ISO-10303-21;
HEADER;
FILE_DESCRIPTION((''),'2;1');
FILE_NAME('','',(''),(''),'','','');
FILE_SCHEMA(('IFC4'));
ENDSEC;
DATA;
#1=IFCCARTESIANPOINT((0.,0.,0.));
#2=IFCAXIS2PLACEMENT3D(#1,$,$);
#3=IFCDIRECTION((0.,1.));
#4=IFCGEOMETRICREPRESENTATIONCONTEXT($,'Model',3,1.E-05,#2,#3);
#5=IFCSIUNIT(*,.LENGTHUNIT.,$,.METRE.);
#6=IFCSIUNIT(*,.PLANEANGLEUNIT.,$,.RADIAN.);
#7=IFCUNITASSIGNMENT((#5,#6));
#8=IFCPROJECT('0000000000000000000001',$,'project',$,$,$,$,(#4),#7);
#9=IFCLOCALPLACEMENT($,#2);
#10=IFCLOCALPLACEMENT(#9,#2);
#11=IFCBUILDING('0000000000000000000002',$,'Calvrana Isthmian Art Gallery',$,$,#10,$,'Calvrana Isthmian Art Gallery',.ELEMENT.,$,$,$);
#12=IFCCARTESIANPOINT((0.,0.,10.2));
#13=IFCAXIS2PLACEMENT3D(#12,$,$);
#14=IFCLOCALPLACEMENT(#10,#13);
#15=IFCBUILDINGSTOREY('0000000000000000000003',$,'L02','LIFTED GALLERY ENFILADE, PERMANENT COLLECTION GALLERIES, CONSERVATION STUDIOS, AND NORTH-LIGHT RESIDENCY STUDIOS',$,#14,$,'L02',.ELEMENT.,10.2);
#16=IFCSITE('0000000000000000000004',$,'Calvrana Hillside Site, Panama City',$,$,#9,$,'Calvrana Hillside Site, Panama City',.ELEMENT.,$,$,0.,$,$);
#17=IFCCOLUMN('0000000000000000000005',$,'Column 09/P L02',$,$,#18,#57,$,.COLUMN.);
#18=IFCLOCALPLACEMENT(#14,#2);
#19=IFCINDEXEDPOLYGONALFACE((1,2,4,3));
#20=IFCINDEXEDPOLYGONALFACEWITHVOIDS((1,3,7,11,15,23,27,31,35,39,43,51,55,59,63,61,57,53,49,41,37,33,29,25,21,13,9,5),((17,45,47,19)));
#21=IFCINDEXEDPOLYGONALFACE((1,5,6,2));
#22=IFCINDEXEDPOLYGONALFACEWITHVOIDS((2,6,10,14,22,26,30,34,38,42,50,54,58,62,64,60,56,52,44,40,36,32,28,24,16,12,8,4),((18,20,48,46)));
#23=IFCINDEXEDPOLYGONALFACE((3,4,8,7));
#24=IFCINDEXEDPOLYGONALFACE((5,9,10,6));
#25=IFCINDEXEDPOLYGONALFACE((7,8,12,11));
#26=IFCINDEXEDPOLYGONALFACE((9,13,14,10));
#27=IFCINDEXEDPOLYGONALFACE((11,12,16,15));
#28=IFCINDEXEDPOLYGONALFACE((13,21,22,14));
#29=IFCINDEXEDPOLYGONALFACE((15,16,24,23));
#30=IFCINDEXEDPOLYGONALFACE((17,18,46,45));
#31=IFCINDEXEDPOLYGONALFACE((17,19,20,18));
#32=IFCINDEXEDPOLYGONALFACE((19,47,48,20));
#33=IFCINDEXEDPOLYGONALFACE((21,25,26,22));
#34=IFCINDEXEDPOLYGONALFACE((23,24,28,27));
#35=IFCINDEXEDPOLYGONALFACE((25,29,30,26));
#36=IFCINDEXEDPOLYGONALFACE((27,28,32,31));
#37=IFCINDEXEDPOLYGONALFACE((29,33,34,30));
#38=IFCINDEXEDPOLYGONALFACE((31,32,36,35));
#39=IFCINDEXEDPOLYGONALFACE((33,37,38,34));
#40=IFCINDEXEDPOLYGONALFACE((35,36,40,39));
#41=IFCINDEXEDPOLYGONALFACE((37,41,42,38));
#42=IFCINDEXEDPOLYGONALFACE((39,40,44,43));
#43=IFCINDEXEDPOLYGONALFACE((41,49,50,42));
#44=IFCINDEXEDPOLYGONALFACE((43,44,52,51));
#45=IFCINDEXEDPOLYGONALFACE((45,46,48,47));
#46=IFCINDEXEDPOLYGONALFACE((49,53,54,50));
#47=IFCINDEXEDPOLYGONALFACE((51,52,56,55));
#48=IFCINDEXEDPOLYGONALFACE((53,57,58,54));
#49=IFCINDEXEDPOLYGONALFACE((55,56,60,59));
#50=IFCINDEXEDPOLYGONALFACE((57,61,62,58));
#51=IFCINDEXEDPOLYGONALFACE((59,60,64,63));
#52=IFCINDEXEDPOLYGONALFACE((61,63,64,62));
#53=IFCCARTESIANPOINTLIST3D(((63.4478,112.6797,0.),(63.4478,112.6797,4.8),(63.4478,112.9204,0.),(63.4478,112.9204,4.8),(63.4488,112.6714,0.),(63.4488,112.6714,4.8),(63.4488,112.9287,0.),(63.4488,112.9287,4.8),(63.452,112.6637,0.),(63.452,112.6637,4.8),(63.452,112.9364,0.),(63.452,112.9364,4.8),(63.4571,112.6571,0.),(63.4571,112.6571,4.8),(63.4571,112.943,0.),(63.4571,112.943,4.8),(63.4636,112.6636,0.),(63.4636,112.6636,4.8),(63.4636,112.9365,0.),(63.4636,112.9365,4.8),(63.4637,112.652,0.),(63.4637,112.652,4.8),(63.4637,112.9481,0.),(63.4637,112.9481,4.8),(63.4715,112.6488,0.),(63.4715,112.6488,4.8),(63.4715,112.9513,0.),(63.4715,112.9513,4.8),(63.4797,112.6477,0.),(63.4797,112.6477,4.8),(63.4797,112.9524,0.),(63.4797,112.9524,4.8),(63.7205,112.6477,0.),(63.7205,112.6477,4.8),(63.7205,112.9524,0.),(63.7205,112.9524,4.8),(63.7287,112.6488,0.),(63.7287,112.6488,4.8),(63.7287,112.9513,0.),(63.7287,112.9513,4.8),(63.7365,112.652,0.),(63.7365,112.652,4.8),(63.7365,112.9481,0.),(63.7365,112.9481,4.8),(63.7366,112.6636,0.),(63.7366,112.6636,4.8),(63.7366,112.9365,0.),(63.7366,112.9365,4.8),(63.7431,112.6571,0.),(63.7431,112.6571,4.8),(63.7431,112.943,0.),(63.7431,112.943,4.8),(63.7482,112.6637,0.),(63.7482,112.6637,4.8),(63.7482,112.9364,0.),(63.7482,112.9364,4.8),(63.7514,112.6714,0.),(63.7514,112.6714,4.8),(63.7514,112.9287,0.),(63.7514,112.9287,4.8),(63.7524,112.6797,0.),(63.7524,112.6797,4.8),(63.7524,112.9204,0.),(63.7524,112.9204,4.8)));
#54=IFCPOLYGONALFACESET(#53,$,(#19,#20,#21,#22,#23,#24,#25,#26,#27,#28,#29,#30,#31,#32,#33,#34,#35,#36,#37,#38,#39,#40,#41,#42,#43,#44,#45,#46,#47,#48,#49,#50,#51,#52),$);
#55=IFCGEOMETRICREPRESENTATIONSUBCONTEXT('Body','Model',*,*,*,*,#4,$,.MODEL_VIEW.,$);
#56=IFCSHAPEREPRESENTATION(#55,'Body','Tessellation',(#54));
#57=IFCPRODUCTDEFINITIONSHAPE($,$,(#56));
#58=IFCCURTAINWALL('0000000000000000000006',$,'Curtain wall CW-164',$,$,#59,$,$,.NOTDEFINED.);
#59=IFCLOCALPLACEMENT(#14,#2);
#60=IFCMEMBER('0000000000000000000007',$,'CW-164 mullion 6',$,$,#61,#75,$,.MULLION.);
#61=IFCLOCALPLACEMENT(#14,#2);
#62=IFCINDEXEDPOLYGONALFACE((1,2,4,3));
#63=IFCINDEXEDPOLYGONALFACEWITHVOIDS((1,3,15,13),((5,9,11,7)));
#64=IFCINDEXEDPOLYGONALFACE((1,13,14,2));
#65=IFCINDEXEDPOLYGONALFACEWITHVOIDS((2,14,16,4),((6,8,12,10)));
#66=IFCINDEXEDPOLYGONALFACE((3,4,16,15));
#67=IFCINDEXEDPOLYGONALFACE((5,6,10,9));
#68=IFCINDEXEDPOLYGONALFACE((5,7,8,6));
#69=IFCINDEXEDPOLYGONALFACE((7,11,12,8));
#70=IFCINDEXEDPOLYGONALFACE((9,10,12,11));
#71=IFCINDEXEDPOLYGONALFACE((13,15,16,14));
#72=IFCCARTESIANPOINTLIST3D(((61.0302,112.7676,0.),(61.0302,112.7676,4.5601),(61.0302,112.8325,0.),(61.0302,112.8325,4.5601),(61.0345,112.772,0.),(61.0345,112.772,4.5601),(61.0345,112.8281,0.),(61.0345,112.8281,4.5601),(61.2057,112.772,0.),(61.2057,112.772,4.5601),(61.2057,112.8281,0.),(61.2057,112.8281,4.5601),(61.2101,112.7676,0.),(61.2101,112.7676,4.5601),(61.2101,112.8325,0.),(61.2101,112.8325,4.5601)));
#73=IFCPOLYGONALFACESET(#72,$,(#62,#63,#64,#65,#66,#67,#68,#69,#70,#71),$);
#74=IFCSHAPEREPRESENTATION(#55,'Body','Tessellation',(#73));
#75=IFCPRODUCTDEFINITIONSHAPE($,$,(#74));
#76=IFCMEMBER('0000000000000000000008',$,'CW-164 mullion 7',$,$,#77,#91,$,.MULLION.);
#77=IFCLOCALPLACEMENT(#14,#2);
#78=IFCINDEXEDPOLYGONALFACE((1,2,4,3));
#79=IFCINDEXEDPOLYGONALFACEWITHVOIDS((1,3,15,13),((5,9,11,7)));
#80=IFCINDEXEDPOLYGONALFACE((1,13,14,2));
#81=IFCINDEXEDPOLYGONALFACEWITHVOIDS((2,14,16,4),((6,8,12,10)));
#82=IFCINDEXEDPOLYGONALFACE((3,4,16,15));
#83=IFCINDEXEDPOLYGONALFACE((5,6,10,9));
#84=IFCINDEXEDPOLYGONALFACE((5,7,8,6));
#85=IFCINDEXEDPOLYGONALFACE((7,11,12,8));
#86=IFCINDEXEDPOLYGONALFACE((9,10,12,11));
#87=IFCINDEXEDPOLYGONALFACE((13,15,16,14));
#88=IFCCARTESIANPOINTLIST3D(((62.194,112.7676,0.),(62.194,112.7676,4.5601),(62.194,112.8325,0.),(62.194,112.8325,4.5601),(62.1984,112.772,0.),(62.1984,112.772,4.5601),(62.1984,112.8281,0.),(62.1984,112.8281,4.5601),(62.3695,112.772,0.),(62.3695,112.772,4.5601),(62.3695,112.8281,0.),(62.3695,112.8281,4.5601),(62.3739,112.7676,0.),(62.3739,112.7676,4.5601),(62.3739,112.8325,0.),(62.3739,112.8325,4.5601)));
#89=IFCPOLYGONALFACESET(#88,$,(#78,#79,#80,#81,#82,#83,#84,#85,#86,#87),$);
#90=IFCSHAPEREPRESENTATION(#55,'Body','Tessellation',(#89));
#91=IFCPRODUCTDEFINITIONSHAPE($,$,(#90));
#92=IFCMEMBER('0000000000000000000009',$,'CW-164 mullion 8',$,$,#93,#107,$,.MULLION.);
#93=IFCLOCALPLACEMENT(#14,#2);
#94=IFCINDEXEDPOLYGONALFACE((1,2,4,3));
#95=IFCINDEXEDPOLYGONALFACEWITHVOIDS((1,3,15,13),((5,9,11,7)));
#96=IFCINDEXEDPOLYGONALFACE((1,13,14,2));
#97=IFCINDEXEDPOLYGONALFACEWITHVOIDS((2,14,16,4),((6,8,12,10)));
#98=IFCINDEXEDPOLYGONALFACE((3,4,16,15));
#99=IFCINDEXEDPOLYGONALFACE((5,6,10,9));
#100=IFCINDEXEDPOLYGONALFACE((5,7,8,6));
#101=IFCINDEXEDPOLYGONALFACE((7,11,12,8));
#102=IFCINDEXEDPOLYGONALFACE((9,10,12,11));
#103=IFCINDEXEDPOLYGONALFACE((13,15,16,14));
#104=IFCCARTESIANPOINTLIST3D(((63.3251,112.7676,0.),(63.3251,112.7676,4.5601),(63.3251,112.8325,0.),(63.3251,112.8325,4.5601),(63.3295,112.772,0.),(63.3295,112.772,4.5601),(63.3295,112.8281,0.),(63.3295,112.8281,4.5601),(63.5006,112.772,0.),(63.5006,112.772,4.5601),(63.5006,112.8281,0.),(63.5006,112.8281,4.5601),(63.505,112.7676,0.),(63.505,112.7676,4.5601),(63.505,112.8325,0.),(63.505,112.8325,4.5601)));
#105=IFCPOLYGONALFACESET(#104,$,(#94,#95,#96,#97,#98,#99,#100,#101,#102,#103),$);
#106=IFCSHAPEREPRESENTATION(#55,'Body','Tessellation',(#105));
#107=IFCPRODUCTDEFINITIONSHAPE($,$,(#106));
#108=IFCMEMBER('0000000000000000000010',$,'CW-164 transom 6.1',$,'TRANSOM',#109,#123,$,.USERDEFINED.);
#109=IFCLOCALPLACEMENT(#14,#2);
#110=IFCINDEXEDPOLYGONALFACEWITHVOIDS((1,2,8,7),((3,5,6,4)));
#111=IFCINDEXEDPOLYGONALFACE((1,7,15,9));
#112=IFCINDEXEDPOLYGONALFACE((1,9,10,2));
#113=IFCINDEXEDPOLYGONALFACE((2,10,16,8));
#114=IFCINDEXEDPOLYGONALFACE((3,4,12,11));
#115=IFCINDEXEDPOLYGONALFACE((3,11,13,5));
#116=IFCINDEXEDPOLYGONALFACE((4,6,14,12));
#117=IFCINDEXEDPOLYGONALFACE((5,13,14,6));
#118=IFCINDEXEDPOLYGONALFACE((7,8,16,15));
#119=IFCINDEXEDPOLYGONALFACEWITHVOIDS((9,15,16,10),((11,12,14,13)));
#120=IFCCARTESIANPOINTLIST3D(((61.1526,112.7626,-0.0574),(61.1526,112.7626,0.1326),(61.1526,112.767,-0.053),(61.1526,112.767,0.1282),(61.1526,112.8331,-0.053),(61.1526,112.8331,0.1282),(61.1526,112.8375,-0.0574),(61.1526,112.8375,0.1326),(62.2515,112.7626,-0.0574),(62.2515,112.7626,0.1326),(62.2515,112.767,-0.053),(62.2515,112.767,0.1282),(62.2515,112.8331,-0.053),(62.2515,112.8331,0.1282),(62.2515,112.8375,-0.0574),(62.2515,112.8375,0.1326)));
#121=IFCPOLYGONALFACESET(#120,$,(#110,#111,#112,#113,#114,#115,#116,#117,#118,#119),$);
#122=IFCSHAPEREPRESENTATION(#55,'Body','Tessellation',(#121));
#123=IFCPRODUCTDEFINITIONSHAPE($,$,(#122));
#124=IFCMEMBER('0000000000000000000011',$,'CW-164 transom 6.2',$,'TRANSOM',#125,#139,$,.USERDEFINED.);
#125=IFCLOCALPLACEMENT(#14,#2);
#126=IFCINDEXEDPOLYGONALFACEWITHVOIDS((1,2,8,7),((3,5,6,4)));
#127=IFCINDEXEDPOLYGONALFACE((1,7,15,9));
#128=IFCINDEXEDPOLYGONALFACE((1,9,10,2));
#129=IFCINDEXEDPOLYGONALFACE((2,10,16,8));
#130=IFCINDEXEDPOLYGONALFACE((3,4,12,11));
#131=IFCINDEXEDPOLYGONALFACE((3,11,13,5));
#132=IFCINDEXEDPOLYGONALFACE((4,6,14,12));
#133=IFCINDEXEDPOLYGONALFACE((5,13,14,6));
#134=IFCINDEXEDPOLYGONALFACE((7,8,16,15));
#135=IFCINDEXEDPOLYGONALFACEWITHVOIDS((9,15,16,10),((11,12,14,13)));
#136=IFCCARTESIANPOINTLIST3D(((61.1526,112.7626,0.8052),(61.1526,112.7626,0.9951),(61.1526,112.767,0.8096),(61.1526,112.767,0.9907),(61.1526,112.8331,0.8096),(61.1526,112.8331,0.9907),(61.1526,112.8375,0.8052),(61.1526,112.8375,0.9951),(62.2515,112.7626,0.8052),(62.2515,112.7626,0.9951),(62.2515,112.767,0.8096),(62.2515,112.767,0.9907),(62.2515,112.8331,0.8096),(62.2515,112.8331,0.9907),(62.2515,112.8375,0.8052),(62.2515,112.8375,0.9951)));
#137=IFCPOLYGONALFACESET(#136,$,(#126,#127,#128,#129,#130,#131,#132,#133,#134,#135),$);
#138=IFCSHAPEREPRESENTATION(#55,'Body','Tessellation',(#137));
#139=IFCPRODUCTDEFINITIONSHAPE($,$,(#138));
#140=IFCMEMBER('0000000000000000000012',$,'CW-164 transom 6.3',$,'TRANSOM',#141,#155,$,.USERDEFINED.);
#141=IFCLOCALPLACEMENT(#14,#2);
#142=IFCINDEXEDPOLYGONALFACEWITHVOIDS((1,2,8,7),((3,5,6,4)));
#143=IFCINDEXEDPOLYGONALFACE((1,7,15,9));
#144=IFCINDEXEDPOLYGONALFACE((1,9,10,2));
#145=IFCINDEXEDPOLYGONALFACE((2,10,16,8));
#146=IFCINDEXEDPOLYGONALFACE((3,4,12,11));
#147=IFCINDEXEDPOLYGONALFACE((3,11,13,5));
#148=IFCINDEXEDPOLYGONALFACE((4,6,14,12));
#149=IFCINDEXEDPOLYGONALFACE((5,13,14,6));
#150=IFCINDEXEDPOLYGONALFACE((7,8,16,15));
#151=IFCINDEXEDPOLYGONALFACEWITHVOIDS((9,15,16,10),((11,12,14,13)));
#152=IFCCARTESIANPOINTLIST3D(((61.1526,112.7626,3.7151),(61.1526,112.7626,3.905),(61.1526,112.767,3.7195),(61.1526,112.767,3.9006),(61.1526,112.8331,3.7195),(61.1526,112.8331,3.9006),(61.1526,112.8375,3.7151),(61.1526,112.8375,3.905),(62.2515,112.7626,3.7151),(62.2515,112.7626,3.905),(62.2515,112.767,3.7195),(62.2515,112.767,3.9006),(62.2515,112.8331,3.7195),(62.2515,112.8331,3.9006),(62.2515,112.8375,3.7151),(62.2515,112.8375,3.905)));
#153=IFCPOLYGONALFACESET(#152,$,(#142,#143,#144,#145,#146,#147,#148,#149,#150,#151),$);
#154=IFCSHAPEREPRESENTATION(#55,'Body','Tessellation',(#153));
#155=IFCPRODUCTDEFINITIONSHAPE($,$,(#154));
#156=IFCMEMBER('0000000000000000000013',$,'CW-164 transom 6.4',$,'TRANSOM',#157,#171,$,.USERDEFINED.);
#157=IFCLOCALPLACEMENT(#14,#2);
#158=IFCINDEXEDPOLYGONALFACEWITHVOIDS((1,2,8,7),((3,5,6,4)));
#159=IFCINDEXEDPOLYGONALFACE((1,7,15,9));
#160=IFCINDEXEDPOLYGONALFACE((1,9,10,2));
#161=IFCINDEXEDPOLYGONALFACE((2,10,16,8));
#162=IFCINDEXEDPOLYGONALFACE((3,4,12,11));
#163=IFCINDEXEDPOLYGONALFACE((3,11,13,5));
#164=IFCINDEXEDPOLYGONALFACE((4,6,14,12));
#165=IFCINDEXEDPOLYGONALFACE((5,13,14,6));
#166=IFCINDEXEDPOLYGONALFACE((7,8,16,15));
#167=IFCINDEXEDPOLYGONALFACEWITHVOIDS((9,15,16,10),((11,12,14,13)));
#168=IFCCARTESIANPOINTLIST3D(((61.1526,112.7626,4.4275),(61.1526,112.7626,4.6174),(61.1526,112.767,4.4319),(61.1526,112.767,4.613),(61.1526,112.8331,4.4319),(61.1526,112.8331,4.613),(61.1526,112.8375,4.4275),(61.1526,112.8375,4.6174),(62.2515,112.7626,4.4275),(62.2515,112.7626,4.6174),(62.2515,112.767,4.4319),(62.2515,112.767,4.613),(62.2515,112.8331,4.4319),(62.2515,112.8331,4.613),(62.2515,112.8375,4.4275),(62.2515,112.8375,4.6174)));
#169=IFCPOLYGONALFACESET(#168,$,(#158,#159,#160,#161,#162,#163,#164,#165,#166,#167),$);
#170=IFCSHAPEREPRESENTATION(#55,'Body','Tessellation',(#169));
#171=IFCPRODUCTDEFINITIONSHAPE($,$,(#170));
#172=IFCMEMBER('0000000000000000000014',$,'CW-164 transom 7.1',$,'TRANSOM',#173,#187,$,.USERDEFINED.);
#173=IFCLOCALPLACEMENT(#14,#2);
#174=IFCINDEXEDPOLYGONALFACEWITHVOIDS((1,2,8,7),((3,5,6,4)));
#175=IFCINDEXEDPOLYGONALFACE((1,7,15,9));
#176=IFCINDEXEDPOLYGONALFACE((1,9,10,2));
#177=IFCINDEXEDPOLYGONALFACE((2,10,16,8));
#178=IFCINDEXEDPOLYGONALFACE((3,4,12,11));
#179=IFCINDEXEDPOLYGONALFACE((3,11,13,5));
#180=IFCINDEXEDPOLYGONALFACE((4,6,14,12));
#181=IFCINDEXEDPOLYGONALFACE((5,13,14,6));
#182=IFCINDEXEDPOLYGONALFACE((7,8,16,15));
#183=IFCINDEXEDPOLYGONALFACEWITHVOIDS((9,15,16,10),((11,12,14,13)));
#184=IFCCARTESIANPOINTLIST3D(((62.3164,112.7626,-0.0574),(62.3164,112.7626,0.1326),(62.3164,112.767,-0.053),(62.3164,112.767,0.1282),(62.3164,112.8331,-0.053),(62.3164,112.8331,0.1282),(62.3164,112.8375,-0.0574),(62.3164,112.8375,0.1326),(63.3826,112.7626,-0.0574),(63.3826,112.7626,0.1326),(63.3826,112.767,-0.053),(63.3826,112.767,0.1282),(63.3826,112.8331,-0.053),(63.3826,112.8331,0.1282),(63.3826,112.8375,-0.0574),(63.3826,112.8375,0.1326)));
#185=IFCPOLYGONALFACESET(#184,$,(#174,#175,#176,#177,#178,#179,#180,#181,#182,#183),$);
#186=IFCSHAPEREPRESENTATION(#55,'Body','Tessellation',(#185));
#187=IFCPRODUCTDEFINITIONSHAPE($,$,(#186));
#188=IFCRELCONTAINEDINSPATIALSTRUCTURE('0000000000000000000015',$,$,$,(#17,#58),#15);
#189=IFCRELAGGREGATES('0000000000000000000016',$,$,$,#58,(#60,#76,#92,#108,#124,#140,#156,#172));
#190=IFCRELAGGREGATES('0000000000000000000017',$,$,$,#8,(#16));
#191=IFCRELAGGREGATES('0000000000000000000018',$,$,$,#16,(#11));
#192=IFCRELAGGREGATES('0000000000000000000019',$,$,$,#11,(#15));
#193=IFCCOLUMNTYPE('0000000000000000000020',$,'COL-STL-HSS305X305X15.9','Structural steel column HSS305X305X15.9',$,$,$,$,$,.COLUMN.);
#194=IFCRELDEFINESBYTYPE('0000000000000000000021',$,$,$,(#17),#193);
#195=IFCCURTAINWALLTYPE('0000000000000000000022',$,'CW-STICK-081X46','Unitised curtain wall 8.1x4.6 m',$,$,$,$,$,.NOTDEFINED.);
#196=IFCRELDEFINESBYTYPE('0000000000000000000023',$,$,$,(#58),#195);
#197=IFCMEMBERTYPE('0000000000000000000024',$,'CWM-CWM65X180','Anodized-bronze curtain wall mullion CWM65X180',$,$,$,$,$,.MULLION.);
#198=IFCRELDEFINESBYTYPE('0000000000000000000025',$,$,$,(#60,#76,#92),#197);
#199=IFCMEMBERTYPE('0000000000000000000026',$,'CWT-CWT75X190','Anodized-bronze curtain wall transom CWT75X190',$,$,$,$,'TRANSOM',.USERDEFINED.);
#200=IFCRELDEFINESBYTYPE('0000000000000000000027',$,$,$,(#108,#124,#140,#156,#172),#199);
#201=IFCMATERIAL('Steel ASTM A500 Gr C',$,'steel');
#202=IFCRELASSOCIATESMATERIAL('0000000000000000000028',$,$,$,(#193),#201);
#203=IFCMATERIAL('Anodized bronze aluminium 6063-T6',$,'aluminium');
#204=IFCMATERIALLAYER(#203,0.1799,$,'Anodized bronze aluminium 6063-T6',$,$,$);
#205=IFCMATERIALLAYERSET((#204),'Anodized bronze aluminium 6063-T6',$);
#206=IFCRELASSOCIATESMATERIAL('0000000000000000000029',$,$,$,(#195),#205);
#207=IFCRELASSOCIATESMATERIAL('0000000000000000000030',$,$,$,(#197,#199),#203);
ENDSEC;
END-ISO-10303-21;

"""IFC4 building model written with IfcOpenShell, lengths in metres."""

from ifc_helpers import new_model, si_unit, direction, frame, origin, origin_2d, place, context, subcontext, project, spatial, hollow_rectangle, extrude, material, layer, layer_set, material_profile, profile_set, type_object, element, aggregate, save


model = new_model("IFC4")

# Units and contexts
model_context = context("Model", 3, precision=1e-05, world=origin(), true_north=direction((0.0, 1.0)))
body_context = subcontext(model_context, "Body", "Model", "MODEL_VIEW")
ifc_project = project(units=[si_unit("LENGTHUNIT", "METRE"), si_unit("PLANEANGLEUNIT", "RADIAN")], contexts=[model_context])

# Site, building, storey
site_placement = place(None, origin())
site = spatial("IfcSite", under=ifc_project, at=site_placement, Name="Calvrana Hillside Site, Panama City", LongName="Calvrana Hillside Site, Panama City", CompositionType="ELEMENT", RefElevation=0.0)
building_placement = place(site_placement, origin())
building = spatial("IfcBuilding", under=site, at=building_placement, Name="Calvrana Isthmian Art Gallery", LongName="Calvrana Isthmian Art Gallery", CompositionType="ELEMENT")
storey_placement = place(building_placement, frame((0.0, 0.0, 10.2)))
storey = spatial("IfcBuildingStorey", under=building, at=storey_placement, Name="L02", Description="LIFTED GALLERY ENFILADE, PERMANENT COLLECTION GALLERIES, CONSERVATION STUDIOS, AND NORTH-LIGHT RESIDENCY STUDIOS", LongName="L02", CompositionType="ELEMENT", Elevation=10.2)

# Column
ifc_material_1 = material(Name="Steel ASTM A500 Gr C", Category="steel")
ifc_material_profile_1 = material_profile(ifc_material_1, hollow_rectangle(XDim=0.3047, YDim=0.3047, WallThickness=0.0159, OuterFilletRadius=0.032, at=origin_2d()), Name="HSS305X305X15.9")
ifc_profile_set_1 = profile_set([ifc_material_profile_1], Name="Steel ASTM A500 Gr C")
column_type = type_object("IfcColumnType", Name="COL-STL-HSS305X305X15.9", Description="Structural steel column HSS305X305X15.9", PredefinedType="COLUMN", material=ifc_profile_set_1)
column_placement = place(storey_placement, frame((63.6001, 112.8, 0.0), z_axis=(0.0, 0.0, 1.0), x_axis=(1.0, 0.0, 0.0)))
element("IfcColumn", 1, at=column_placement, inside=storey, type_object=column_type, Name="Column 09/P L02", PredefinedType="COLUMN", context=body_context, shape_type="SweptSolid", body=[
    extrude(hollow_rectangle(XDim=0.3047, YDim=0.3047, WallThickness=0.0159, OuterFilletRadius=0.032, at=origin_2d()), origin(), (0.0, 0.0, 1.0), 4.8),
])

# Curtain wall, members
ifc_material_2 = material(Name="Anodized bronze aluminium 6063-T6", Category="aluminium")
ifc_layer_1 = layer(ifc_material_2, 0.1799, Name="Anodized bronze aluminium 6063-T6")
ifc_layer_set_1 = layer_set([ifc_layer_1], Name="Anodized bronze aluminium 6063-T6")
curtain_wall_type = type_object("IfcCurtainWallType", Name="CW-STICK-081X46", Description="Unitised curtain wall 8.1x4.6 m", PredefinedType="NOTDEFINED", material=ifc_layer_set_1)
curtain_wall_placement = place(storey_placement, origin())
curtain_wall = element("IfcCurtainWall", 2, at=curtain_wall_placement, inside=storey, type_object=curtain_wall_type, Name="Curtain wall CW-164", PredefinedType="NOTDEFINED")
ifc_material_profile_2 = material_profile(ifc_material_2, hollow_rectangle(XDim=0.0649, YDim=0.1799, WallThickness=0.0044, at=origin_2d()), Name="CWM65X180")
ifc_profile_set_2 = profile_set([ifc_material_profile_2], Name="Anodized bronze aluminium 6063-T6")
member_type_1 = type_object("IfcMemberType", Name="CWM-CWM65X180", Description="Anodized-bronze curtain wall mullion CWM65X180", PredefinedType="MULLION", material=ifc_profile_set_2)
member_1_placement = place(storey_placement, frame((61.1201, 112.8, 0.0), z_axis=(0.0, 0.0, 1.0), x_axis=(0.0, 1.0, 0.0)))
member_1 = element("IfcMember", 3, at=member_1_placement, type_object=member_type_1, Name="CW-164 mullion 6", PredefinedType="MULLION", context=body_context, shape_type="SweptSolid", body=[
    extrude(hollow_rectangle(XDim=0.0649, YDim=0.1799, WallThickness=0.0044, at=origin_2d()), origin(), (0.0, 0.0, 1.0), 4.5601),
])
member_2_placement = place(storey_placement, frame((62.2839, 112.8, 0.0), z_axis=(0.0, 0.0, 1.0), x_axis=(0.0, 1.0, 0.0)))
member_2 = element("IfcMember", 4, at=member_2_placement, type_object=member_type_1, Name="CW-164 mullion 7", PredefinedType="MULLION", context=body_context, shape_type="SweptSolid", body=[
    extrude(hollow_rectangle(XDim=0.0649, YDim=0.1799, WallThickness=0.0044, at=origin_2d()), origin(), (0.0, 0.0, 1.0), 4.5601),
])
member_3_placement = place(storey_placement, frame((63.415, 112.8, 0.0), z_axis=(0.0, 0.0, 1.0), x_axis=(0.0, 1.0, 0.0)))
member_3 = element("IfcMember", 5, at=member_3_placement, type_object=member_type_1, Name="CW-164 mullion 8", PredefinedType="MULLION", context=body_context, shape_type="SweptSolid", body=[
    extrude(hollow_rectangle(XDim=0.0649, YDim=0.1799, WallThickness=0.0044, at=origin_2d()), origin(), (0.0, 0.0, 1.0), 4.5601),
])
ifc_material_profile_3 = material_profile(ifc_material_2, hollow_rectangle(XDim=0.075, YDim=0.1899, WallThickness=0.0044, at=origin_2d()), Name="CWT75X190")
ifc_profile_set_3 = profile_set([ifc_material_profile_3], Name="Anodized bronze aluminium 6063-T6")
member_type_2 = type_object("IfcMemberType", Name="CWT-CWT75X190", Description="Anodized-bronze curtain wall transom CWT75X190", ElementType="TRANSOM", PredefinedType="USERDEFINED", material=ifc_profile_set_3)
member_4_placement = place(storey_placement, frame((61.1526, 112.8, 0.0376), z_axis=(1.0, 0.0, 0.0), x_axis=(0.0, 1.0, 0.0)))
member_4 = element("IfcMember", 6, at=member_4_placement, type_object=member_type_2, Name="CW-164 transom 6.1", ObjectType="TRANSOM", PredefinedType="USERDEFINED", context=body_context, shape_type="SweptSolid", body=[
    extrude(hollow_rectangle(XDim=0.075, YDim=0.1899, WallThickness=0.0044, at=origin_2d()), origin(), (0.0, 0.0, 1.0), 1.0989),
])
member_5_placement = place(storey_placement, frame((61.1526, 112.8, 0.9001), z_axis=(1.0, 0.0, 0.0), x_axis=(0.0, 1.0, 0.0)))
member_5 = element("IfcMember", 7, at=member_5_placement, type_object=member_type_2, Name="CW-164 transom 6.2", ObjectType="TRANSOM", PredefinedType="USERDEFINED", context=body_context, shape_type="SweptSolid", body=[
    extrude(hollow_rectangle(XDim=0.075, YDim=0.1899, WallThickness=0.0044, at=origin_2d()), origin(), (0.0, 0.0, 1.0), 1.0989),
])
member_6_placement = place(storey_placement, frame((61.1526, 112.8, 3.8101), z_axis=(1.0, 0.0, 0.0), x_axis=(0.0, 1.0, 0.0)))
member_6 = element("IfcMember", 8, at=member_6_placement, type_object=member_type_2, Name="CW-164 transom 6.3", ObjectType="TRANSOM", PredefinedType="USERDEFINED", context=body_context, shape_type="SweptSolid", body=[
    extrude(hollow_rectangle(XDim=0.075, YDim=0.1899, WallThickness=0.0044, at=origin_2d()), origin(), (0.0, 0.0, 1.0), 1.0989),
])
member_7_placement = place(storey_placement, frame((61.1526, 112.8, 4.5225), z_axis=(1.0, 0.0, 0.0), x_axis=(0.0, 1.0, 0.0)))
member_7 = element("IfcMember", 9, at=member_7_placement, type_object=member_type_2, Name="CW-164 transom 6.4", ObjectType="TRANSOM", PredefinedType="USERDEFINED", context=body_context, shape_type="SweptSolid", body=[
    extrude(hollow_rectangle(XDim=0.075, YDim=0.1899, WallThickness=0.0044, at=origin_2d()), origin(), (0.0, 0.0, 1.0), 1.0989),
])
member_8_placement = place(storey_placement, frame((62.3164, 112.8, 0.0376), z_axis=(1.0, 0.0, 0.0), x_axis=(0.0, 1.0, 0.0)))
member_8 = element("IfcMember", 10, at=member_8_placement, type_object=member_type_2, Name="CW-164 transom 7.1", ObjectType="TRANSOM", PredefinedType="USERDEFINED", context=body_context, shape_type="SweptSolid", body=[
    extrude(hollow_rectangle(XDim=0.075, YDim=0.1899, WallThickness=0.0044, at=origin_2d()), origin(), (0.0, 0.0, 1.0), 1.0662),
])
aggregate(curtain_wall, [member_1, member_2, member_3, member_4, member_5, member_6, member_7, member_8])

save(model, "model.ifc")
